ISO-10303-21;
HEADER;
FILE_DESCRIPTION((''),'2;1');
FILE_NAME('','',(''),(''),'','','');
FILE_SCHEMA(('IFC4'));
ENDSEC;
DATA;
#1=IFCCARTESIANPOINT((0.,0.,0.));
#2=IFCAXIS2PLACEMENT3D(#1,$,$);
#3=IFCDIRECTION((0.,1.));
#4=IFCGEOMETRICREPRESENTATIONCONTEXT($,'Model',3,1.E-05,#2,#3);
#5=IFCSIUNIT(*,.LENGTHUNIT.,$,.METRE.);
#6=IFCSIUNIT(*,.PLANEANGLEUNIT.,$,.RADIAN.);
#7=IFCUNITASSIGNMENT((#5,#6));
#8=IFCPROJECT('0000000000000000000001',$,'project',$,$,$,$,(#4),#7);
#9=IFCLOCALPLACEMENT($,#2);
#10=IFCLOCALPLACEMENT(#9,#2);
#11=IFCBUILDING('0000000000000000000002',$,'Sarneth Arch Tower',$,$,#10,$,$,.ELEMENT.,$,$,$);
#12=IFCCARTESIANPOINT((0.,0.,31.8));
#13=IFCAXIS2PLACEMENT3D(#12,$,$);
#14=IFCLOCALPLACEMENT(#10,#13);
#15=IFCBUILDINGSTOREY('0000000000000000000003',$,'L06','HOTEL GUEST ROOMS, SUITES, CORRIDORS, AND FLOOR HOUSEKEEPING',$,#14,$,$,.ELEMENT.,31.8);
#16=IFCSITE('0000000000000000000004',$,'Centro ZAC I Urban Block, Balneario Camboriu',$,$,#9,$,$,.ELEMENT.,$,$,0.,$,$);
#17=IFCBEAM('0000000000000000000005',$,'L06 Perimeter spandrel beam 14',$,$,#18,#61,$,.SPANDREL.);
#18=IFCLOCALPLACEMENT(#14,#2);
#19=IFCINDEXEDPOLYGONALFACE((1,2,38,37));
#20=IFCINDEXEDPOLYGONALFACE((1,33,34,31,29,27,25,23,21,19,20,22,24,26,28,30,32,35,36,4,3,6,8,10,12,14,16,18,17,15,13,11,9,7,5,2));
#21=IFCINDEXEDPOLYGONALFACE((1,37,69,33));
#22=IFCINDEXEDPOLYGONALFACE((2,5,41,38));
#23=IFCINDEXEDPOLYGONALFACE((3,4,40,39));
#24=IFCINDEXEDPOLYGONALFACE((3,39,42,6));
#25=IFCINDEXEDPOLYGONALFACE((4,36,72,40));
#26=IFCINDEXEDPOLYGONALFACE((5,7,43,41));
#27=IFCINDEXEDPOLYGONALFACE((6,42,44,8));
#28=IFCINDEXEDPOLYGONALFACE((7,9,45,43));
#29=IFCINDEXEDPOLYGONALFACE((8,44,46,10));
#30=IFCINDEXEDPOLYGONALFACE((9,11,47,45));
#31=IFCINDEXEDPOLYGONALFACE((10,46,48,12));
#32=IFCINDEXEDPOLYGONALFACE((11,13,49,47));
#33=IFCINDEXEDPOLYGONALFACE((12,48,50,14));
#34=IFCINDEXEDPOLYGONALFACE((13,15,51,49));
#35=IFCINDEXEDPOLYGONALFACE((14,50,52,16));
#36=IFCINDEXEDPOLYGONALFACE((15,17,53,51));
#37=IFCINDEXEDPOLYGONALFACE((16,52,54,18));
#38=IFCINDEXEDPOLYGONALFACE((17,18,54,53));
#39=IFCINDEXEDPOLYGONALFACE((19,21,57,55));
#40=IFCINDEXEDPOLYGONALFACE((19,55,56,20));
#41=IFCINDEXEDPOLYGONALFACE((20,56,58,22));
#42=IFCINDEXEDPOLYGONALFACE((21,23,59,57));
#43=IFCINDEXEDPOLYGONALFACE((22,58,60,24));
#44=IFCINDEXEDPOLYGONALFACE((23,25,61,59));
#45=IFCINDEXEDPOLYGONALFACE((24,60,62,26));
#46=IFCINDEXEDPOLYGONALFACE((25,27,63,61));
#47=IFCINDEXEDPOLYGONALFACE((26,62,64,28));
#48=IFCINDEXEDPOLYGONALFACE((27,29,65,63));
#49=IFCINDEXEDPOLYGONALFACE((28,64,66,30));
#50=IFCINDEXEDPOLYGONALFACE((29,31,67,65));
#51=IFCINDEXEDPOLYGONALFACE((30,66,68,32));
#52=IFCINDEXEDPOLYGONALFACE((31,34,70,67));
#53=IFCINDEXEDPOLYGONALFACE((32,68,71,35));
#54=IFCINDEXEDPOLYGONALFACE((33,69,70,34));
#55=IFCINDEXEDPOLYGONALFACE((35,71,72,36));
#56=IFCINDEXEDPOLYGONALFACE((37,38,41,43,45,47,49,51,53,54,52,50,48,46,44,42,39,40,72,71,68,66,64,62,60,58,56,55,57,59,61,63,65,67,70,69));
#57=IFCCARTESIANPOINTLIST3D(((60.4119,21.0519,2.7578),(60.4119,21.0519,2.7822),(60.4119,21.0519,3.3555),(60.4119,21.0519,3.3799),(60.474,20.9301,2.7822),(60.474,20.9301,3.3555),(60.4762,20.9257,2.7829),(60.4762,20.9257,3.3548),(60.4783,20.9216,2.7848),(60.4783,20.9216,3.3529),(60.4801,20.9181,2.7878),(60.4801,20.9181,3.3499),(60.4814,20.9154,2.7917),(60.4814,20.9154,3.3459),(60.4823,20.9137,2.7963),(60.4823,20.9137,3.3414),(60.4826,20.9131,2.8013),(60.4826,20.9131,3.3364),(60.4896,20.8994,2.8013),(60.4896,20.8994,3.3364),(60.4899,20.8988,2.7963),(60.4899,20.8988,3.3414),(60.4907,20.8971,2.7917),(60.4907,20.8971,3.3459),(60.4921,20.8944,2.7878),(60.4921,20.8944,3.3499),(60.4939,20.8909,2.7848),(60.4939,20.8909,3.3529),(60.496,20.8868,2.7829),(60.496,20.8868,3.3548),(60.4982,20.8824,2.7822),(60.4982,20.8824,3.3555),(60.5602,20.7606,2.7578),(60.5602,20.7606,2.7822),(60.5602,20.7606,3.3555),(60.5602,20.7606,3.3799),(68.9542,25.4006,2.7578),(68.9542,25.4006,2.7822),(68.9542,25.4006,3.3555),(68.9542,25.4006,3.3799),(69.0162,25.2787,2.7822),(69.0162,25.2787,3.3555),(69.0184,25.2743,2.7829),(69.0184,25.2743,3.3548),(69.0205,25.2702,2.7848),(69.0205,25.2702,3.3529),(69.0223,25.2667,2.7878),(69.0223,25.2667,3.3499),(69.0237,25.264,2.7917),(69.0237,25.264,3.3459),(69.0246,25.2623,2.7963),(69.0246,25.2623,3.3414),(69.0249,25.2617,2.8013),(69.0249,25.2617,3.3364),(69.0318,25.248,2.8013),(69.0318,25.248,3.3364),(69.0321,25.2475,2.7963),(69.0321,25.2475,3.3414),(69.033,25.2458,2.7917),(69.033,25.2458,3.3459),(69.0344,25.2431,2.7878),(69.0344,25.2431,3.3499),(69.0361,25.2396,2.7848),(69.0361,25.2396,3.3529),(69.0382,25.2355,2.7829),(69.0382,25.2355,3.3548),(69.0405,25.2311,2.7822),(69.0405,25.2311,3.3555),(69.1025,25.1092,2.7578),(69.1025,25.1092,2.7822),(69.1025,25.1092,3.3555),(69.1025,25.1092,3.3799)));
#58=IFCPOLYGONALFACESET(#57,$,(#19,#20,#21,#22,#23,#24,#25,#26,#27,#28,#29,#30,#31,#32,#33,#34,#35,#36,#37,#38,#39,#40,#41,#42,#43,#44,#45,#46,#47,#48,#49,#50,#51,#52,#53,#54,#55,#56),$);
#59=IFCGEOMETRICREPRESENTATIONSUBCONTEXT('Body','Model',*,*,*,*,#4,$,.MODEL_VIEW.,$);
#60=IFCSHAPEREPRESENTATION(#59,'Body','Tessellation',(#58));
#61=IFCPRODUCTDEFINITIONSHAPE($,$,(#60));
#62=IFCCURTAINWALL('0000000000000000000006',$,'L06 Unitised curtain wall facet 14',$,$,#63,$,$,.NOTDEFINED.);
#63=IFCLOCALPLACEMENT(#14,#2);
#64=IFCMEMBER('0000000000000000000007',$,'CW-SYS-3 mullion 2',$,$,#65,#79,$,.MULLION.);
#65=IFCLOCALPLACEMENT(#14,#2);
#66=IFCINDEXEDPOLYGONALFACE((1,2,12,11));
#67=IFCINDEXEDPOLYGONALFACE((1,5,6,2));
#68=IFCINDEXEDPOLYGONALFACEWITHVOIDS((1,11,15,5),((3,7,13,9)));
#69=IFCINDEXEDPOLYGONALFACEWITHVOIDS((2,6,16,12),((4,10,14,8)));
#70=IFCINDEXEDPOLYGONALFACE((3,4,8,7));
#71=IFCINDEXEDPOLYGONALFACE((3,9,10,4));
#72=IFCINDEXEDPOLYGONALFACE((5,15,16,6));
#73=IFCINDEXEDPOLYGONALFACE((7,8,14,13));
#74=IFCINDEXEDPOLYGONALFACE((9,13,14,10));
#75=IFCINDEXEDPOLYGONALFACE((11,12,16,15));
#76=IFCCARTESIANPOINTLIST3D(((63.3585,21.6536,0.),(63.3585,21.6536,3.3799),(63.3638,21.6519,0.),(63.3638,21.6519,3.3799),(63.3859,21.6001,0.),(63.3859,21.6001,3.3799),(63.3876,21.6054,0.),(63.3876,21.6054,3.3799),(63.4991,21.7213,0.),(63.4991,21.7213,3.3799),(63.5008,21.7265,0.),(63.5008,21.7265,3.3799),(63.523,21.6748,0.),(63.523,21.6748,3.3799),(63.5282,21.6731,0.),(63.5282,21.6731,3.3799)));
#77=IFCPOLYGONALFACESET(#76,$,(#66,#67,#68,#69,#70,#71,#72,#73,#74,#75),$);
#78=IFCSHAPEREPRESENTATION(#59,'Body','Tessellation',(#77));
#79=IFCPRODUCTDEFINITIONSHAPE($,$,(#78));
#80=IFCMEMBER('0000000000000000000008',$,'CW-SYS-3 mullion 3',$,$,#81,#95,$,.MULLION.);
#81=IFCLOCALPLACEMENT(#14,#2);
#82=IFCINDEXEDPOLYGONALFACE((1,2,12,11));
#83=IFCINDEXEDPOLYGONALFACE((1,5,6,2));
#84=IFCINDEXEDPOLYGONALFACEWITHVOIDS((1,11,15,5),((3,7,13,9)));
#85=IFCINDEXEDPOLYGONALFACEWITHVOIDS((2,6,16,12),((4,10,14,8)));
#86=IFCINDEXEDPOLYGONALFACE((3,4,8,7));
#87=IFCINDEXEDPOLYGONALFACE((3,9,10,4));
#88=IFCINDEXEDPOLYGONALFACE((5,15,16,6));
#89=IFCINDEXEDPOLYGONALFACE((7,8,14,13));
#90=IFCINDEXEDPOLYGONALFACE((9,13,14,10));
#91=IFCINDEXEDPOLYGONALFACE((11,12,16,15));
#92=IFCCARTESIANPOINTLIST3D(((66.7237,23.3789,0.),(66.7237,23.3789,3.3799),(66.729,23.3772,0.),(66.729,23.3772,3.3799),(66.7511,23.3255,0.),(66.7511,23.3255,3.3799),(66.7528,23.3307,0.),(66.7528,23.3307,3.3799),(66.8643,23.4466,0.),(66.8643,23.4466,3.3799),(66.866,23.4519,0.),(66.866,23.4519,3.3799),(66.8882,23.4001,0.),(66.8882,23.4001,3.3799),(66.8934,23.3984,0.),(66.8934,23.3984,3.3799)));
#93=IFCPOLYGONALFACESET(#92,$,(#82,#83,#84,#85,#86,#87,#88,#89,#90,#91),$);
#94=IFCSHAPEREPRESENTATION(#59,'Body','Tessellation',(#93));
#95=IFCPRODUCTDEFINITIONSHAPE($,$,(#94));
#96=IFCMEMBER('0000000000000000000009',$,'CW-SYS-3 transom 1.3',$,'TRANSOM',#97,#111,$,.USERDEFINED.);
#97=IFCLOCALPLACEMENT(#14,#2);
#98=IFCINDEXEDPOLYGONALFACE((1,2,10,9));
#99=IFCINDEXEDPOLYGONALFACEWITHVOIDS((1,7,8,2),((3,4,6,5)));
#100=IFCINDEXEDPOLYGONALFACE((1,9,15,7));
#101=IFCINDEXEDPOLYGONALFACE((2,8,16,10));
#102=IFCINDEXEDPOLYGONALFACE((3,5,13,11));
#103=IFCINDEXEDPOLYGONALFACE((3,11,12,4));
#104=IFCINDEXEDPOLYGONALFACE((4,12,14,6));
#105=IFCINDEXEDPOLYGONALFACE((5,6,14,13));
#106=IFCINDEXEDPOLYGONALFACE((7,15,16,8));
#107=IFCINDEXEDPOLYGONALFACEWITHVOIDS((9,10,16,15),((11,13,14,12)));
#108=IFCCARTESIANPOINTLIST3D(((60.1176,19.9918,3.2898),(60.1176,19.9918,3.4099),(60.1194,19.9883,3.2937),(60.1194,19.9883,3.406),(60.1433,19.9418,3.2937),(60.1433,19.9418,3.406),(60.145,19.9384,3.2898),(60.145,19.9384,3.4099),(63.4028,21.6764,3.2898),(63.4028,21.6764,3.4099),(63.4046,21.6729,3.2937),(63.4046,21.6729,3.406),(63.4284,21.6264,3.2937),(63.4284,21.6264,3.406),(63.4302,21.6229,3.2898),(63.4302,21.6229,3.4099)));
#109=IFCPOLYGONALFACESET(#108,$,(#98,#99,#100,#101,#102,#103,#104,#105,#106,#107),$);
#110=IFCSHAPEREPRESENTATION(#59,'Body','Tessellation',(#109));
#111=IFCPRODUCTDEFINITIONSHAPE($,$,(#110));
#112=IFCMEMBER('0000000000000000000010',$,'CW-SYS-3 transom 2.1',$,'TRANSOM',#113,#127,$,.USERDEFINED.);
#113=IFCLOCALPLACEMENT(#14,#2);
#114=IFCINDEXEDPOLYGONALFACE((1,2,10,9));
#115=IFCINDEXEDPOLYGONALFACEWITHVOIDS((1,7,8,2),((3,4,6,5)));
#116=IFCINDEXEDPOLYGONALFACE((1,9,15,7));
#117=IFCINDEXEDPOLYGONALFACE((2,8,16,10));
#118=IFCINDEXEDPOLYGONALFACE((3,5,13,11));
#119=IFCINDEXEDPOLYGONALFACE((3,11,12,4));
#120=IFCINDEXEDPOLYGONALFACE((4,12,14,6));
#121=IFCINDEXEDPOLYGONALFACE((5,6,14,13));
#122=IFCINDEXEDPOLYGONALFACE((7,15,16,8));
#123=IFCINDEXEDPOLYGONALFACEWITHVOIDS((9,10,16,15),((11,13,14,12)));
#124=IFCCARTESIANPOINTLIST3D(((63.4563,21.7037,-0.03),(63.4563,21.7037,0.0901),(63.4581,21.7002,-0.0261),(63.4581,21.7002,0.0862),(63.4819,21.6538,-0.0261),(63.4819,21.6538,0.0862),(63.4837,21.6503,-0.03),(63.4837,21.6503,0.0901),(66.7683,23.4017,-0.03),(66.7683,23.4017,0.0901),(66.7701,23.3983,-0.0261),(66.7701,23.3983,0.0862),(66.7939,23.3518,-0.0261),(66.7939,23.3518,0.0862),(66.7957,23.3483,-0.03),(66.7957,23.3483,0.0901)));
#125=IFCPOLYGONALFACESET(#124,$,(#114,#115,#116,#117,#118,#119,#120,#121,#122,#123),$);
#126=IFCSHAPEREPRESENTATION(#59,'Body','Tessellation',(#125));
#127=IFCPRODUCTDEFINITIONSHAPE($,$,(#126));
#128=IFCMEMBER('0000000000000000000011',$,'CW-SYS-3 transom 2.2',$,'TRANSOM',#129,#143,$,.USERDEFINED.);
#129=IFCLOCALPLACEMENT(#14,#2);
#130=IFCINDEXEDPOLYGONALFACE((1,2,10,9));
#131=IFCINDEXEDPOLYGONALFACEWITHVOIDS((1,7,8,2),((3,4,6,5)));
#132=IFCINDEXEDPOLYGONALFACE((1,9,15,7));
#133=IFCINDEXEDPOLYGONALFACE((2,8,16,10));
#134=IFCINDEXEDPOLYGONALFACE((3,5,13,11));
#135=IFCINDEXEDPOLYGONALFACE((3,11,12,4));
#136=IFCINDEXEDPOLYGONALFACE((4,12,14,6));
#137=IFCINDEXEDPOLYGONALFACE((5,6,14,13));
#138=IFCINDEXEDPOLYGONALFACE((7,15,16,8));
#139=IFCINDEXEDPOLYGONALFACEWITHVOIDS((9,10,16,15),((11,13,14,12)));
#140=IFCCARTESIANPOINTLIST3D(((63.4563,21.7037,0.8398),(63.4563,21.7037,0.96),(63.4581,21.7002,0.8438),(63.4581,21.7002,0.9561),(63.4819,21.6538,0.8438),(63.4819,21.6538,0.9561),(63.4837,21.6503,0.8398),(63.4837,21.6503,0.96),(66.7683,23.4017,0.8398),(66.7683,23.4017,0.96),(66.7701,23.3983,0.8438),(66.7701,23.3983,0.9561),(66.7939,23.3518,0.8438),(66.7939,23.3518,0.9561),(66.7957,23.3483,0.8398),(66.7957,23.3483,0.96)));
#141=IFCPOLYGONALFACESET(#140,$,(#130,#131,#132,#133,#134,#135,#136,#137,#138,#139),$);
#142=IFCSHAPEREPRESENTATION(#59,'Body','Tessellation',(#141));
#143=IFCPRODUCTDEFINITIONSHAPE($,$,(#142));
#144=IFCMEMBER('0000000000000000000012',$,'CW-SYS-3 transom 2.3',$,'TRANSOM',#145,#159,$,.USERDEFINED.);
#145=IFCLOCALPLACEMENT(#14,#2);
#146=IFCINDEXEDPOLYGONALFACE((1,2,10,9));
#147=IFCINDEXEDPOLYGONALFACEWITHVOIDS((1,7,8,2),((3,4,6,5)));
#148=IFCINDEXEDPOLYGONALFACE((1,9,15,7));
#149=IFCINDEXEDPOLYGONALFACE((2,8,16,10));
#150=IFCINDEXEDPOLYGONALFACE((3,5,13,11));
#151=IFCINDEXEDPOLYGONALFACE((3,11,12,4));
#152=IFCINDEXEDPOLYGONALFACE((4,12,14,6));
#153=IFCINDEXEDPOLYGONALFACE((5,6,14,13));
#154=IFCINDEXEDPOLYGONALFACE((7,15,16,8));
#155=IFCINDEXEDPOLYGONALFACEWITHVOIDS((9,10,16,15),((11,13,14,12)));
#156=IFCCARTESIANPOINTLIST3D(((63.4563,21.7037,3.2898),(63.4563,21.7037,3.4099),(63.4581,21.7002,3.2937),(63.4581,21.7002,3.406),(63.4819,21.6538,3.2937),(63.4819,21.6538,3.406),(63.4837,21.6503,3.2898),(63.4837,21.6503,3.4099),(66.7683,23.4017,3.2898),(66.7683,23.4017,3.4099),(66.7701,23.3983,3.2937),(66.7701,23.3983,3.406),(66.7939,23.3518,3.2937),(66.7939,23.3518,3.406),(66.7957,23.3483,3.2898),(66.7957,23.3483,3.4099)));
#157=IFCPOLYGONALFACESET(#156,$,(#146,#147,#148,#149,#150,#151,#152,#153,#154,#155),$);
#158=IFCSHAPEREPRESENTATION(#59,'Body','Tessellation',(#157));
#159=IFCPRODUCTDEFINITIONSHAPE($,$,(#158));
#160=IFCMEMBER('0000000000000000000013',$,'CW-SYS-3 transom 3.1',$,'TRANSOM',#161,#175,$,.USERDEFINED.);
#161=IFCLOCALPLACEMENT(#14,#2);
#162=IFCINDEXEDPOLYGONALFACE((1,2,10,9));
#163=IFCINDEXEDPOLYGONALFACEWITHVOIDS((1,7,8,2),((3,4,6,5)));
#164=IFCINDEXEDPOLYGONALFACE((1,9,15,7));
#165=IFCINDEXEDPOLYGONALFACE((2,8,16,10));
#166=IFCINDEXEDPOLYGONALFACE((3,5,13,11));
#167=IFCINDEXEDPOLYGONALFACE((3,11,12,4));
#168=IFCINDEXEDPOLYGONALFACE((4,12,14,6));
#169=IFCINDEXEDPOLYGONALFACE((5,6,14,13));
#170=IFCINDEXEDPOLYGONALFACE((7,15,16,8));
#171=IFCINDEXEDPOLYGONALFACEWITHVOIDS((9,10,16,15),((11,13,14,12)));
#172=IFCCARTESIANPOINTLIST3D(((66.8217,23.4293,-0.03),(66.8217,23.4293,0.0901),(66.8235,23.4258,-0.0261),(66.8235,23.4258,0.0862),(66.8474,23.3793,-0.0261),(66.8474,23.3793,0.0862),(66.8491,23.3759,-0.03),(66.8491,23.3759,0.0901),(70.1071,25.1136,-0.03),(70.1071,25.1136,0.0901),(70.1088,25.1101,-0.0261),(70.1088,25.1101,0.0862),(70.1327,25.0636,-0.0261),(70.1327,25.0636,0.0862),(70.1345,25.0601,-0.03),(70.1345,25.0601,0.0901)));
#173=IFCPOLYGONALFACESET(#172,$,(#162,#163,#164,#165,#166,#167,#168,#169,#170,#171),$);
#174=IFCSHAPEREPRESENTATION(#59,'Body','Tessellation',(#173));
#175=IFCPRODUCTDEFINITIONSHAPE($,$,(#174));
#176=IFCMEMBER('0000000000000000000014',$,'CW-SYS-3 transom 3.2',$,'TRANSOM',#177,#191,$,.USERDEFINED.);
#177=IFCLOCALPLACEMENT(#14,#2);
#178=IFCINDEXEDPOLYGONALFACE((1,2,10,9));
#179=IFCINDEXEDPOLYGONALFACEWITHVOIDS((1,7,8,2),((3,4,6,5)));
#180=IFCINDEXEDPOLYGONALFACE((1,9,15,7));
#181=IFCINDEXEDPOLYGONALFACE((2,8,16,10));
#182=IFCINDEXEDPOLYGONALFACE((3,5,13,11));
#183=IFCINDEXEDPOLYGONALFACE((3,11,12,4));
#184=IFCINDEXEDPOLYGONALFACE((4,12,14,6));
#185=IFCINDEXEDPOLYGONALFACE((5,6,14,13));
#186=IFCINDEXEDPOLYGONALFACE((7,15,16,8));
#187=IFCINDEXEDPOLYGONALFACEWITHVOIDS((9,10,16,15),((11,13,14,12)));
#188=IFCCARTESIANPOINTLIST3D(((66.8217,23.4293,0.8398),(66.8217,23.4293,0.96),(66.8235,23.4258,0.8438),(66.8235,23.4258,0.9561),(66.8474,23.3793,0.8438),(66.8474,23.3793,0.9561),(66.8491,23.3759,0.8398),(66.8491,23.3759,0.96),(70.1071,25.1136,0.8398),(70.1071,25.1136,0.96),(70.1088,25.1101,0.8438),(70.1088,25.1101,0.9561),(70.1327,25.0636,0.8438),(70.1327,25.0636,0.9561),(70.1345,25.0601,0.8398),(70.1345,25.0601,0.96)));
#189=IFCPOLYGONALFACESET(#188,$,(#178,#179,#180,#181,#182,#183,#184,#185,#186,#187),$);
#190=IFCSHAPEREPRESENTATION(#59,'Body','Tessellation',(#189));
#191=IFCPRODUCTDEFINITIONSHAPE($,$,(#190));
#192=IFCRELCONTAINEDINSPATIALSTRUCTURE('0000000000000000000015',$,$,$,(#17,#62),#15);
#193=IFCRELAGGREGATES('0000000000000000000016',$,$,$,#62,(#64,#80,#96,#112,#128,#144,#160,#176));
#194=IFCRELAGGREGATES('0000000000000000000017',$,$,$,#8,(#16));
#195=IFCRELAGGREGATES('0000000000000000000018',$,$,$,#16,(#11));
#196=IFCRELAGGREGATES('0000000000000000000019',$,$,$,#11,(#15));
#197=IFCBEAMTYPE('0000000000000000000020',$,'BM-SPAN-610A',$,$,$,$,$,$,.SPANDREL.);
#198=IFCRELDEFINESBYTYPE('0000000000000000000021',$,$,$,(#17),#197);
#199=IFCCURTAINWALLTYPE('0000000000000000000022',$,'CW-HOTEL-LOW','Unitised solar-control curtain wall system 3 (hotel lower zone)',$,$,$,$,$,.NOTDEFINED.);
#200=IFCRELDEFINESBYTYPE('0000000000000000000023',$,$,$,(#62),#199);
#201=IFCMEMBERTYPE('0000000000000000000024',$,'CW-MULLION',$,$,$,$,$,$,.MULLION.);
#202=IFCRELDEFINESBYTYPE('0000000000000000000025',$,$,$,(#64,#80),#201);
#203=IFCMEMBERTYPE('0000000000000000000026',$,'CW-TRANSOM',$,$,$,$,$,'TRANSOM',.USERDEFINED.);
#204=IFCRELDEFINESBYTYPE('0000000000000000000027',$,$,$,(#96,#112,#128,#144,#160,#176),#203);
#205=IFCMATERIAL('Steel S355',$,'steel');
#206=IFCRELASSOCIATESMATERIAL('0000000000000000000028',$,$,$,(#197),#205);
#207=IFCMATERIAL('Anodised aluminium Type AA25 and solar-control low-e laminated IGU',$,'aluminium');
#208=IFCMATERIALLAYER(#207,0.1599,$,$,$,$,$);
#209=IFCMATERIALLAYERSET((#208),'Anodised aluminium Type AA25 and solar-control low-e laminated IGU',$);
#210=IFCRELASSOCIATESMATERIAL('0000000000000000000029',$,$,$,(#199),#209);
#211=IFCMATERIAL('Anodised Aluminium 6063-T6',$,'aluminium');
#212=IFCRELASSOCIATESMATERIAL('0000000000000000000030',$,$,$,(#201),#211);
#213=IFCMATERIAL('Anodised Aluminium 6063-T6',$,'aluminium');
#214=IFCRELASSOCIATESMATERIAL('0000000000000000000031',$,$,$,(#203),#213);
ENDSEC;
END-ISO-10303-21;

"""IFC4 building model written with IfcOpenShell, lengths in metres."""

from ifc_helpers import new_model, si_unit, direction, frame, origin, origin_2d, place, context, subcontext, project, spatial, hollow_rectangle, i_section, extrude, material, layer, layer_set, material_profile, profile_set, type_object, element, aggregate, save


model = new_model("IFC4")

# Units and contexts
model_context = context("Model", 3, precision=1e-05, world=origin(), true_north=direction((0.0, 1.0)))
body_context = subcontext(model_context, "Body", "Model", "MODEL_VIEW")
ifc_project = project(units=[si_unit("LENGTHUNIT", "METRE"), si_unit("PLANEANGLEUNIT", "RADIAN")], contexts=[model_context])

# Site, building, storey
site_placement = place(None, origin())
site = spatial("IfcSite", under=ifc_project, at=site_placement, Name="Centro ZAC I Urban Block, Balneario Camboriu", CompositionType="ELEMENT", RefElevation=0.0)
building_placement = place(site_placement, origin())
building = spatial("IfcBuilding", under=site, at=building_placement, Name="Sarneth Arch Tower", CompositionType="ELEMENT")
storey_placement = place(building_placement, frame((0.0, 0.0, 31.8)))
storey = spatial("IfcBuildingStorey", under=building, at=storey_placement, Name="L06", Description="HOTEL GUEST ROOMS, SUITES, CORRIDORS, AND FLOOR HOUSEKEEPING", CompositionType="ELEMENT", Elevation=31.8)

# Beam
ifc_material_1 = material(Name="Steel S355", Category="steel")
ifc_material_profile_1 = material_profile(ifc_material_1, i_section(OverallWidth=0.3269, OverallDepth=0.6221, WebThickness=0.0154, FlangeThickness=0.0244, FilletRadius=0.019, at=origin_2d()), Name="W610x195")
ifc_profile_set_1 = profile_set([ifc_material_profile_1], Name="Steel S355")
beam_type = type_object("IfcBeamType", Name="BM-SPAN-610A", PredefinedType="SPANDREL", material=ifc_profile_set_1)
beam_placement = place(storey_placement, frame((60.4861, 20.9062, 3.0688), z_axis=(0.891169, 0.453671, 0.0), x_axis=(-0.453671, 0.891169, 0.0)))
element("IfcBeam", 1, at=beam_placement, inside=storey, type_object=beam_type, Name="L06 Perimeter spandrel beam 14", PredefinedType="SPANDREL", context=body_context, shape_type="SweptSolid", body=[
    extrude(i_section(OverallWidth=0.3269, OverallDepth=0.6221, WebThickness=0.0154, FlangeThickness=0.0244, FilletRadius=0.019, at=origin_2d()), origin(), (0.0, 0.0, 1.0), 9.5854),
])

# Curtain wall, members
ifc_material_2 = material(Name="Anodised aluminium Type AA25 and solar-control low-e laminated IGU", Category="aluminium")
ifc_layer_1 = layer(ifc_material_2, 0.1599)
ifc_layer_set_1 = layer_set([ifc_layer_1], Name="Anodised aluminium Type AA25 and solar-control low-e laminated IGU")
curtain_wall_type = type_object("IfcCurtainWallType", Name="CW-HOTEL-LOW", Description="Unitised solar-control curtain wall system 3 (hotel lower zone)", PredefinedType="NOTDEFINED", material=ifc_layer_set_1)
curtain_wall_placement = place(storey_placement, origin())
curtain_wall = element("IfcCurtainWall", 2, at=curtain_wall_placement, inside=storey, type_object=curtain_wall_type, Name="L06 Unitised curtain wall facet 14", PredefinedType="NOTDEFINED")
ifc_material_3 = material(Name="Anodised Aluminium 6063-T6", Category="aluminium")
ifc_material_profile_2 = material_profile(ifc_material_3, hollow_rectangle(XDim=0.0601, YDim=0.1599, WallThickness=0.0039, at=origin_2d()), Name="AL-MULL-160x60x4")
ifc_profile_set_2 = profile_set([ifc_material_profile_2], Name="Anodised Aluminium 6063-T6")
member_type_1 = type_object("IfcMemberType", Name="CW-MULLION", PredefinedType="MULLION", material=ifc_profile_set_2)
member_1_placement = place(storey_placement, frame((63.4434, 21.6633, 0.0), z_axis=(0.0, 0.0, 1.0), x_axis=(-0.456245, 0.889854, 0.0)))
member_1 = element("IfcMember", 3, at=member_1_placement, type_object=member_type_1, Name="CW-SYS-3 mullion 2", PredefinedType="MULLION", context=body_context, shape_type="SweptSolid", body=[
    extrude(hollow_rectangle(XDim=0.0601, YDim=0.1599, WallThickness=0.0039, at=origin_2d()), origin(), (0.0, 0.0, 1.0), 3.3799),
])
member_2_placement = place(storey_placement, frame((66.8086, 23.3887, 0.0), z_axis=(0.0, 0.0, 1.0), x_axis=(-0.456245, 0.889854, 0.0)))
member_2 = element("IfcMember", 4, at=member_2_placement, type_object=member_type_1, Name="CW-SYS-3 mullion 3", PredefinedType="MULLION", context=body_context, shape_type="SweptSolid", body=[
    extrude(hollow_rectangle(XDim=0.0601, YDim=0.1599, WallThickness=0.0039, at=origin_2d()), origin(), (0.0, 0.0, 1.0), 3.3799),
])
ifc_material_4 = material(Name="Anodised Aluminium 6063-T6", Category="aluminium")
ifc_material_profile_3 = material_profile(ifc_material_4, hollow_rectangle(XDim=0.0601, YDim=0.1201, WallThickness=0.0039, at=origin_2d()), Name="AL-TRAN-120x60x4")
ifc_profile_set_3 = profile_set([ifc_material_profile_3], Name="Anodised Aluminium 6063-T6")
member_type_2 = type_object("IfcMemberType", Name="CW-TRANSOM", ElementType="TRANSOM", PredefinedType="USERDEFINED", material=ifc_profile_set_3)
member_3_placement = place(storey_placement, frame((60.1313, 19.9651, 3.3499), z_axis=(0.889831, 0.45629, 0.0), x_axis=(-0.45629, 0.889831, 0.0)))
member_3 = element("IfcMember", 5, at=member_3_placement, type_object=member_type_2, Name="CW-SYS-3 transom 1.3", ObjectType="TRANSOM", PredefinedType="USERDEFINED", context=body_context, shape_type="SweptSolid", body=[
    extrude(hollow_rectangle(XDim=0.0601, YDim=0.1201, WallThickness=0.0039, at=origin_2d()), origin(), (0.0, 0.0, 1.0), 3.6919),
])
member_4_placement = place(storey_placement, frame((63.47, 21.677, 0.03), z_axis=(0.889869, 0.456217, 0.0), x_axis=(-0.456217, 0.889869, 0.0)))
member_4 = element("IfcMember", 6, at=member_4_placement, type_object=member_type_2, Name="CW-SYS-3 transom 2.1", ObjectType="TRANSOM", PredefinedType="USERDEFINED", context=body_context, shape_type="SweptSolid", body=[
    extrude(hollow_rectangle(XDim=0.0601, YDim=0.1201, WallThickness=0.0039, at=origin_2d()), origin(), (0.0, 0.0, 1.0), 3.7219),
])
member_5_placement = place(storey_placement, frame((63.47, 21.677, 0.8999), z_axis=(0.889869, 0.456217, 0.0), x_axis=(-0.456217, 0.889869, 0.0)))
member_5 = element("IfcMember", 7, at=member_5_placement, type_object=member_type_2, Name="CW-SYS-3 transom 2.2", ObjectType="TRANSOM", PredefinedType="USERDEFINED", context=body_context, shape_type="SweptSolid", body=[
    extrude(hollow_rectangle(XDim=0.0601, YDim=0.1201, WallThickness=0.0039, at=origin_2d()), origin(), (0.0, 0.0, 1.0), 3.7219),
])
member_6_placement = place(storey_placement, frame((63.47, 21.677, 3.3499), z_axis=(0.889869, 0.456217, 0.0), x_axis=(-0.456217, 0.889869, 0.0)))
member_6 = element("IfcMember", 8, at=member_6_placement, type_object=member_type_2, Name="CW-SYS-3 transom 2.3", ObjectType="TRANSOM", PredefinedType="USERDEFINED", context=body_context, shape_type="SweptSolid", body=[
    extrude(hollow_rectangle(XDim=0.0601, YDim=0.1201, WallThickness=0.0039, at=origin_2d()), origin(), (0.0, 0.0, 1.0), 3.7219),
])
member_7_placement = place(storey_placement, frame((66.8354, 23.4026, 0.03), z_axis=(0.889872, 0.456211, 0.0), x_axis=(-0.456211, 0.889872, 0.0)))
member_7 = element("IfcMember", 9, at=member_7_placement, type_object=member_type_2, Name="CW-SYS-3 transom 3.1", ObjectType="TRANSOM", PredefinedType="USERDEFINED", context=body_context, shape_type="SweptSolid", body=[
    extrude(hollow_rectangle(XDim=0.0601, YDim=0.1201, WallThickness=0.0039, at=origin_2d()), origin(), (0.0, 0.0, 1.0), 3.6919),
])
member_8_placement = place(storey_placement, frame((66.8354, 23.4026, 0.8999), z_axis=(0.889872, 0.456211, 0.0), x_axis=(-0.456211, 0.889872, 0.0)))
member_8 = element("IfcMember", 10, at=member_8_placement, type_object=member_type_2, Name="CW-SYS-3 transom 3.2", ObjectType="TRANSOM", PredefinedType="USERDEFINED", context=body_context, shape_type="SweptSolid", body=[
    extrude(hollow_rectangle(XDim=0.0601, YDim=0.1201, WallThickness=0.0039, at=origin_2d()), origin(), (0.0, 0.0, 1.0), 3.6919),
])
aggregate(curtain_wall, [member_1, member_2, member_3, member_4, member_5, member_6, member_7, member_8])

save(model, "model.ifc")
